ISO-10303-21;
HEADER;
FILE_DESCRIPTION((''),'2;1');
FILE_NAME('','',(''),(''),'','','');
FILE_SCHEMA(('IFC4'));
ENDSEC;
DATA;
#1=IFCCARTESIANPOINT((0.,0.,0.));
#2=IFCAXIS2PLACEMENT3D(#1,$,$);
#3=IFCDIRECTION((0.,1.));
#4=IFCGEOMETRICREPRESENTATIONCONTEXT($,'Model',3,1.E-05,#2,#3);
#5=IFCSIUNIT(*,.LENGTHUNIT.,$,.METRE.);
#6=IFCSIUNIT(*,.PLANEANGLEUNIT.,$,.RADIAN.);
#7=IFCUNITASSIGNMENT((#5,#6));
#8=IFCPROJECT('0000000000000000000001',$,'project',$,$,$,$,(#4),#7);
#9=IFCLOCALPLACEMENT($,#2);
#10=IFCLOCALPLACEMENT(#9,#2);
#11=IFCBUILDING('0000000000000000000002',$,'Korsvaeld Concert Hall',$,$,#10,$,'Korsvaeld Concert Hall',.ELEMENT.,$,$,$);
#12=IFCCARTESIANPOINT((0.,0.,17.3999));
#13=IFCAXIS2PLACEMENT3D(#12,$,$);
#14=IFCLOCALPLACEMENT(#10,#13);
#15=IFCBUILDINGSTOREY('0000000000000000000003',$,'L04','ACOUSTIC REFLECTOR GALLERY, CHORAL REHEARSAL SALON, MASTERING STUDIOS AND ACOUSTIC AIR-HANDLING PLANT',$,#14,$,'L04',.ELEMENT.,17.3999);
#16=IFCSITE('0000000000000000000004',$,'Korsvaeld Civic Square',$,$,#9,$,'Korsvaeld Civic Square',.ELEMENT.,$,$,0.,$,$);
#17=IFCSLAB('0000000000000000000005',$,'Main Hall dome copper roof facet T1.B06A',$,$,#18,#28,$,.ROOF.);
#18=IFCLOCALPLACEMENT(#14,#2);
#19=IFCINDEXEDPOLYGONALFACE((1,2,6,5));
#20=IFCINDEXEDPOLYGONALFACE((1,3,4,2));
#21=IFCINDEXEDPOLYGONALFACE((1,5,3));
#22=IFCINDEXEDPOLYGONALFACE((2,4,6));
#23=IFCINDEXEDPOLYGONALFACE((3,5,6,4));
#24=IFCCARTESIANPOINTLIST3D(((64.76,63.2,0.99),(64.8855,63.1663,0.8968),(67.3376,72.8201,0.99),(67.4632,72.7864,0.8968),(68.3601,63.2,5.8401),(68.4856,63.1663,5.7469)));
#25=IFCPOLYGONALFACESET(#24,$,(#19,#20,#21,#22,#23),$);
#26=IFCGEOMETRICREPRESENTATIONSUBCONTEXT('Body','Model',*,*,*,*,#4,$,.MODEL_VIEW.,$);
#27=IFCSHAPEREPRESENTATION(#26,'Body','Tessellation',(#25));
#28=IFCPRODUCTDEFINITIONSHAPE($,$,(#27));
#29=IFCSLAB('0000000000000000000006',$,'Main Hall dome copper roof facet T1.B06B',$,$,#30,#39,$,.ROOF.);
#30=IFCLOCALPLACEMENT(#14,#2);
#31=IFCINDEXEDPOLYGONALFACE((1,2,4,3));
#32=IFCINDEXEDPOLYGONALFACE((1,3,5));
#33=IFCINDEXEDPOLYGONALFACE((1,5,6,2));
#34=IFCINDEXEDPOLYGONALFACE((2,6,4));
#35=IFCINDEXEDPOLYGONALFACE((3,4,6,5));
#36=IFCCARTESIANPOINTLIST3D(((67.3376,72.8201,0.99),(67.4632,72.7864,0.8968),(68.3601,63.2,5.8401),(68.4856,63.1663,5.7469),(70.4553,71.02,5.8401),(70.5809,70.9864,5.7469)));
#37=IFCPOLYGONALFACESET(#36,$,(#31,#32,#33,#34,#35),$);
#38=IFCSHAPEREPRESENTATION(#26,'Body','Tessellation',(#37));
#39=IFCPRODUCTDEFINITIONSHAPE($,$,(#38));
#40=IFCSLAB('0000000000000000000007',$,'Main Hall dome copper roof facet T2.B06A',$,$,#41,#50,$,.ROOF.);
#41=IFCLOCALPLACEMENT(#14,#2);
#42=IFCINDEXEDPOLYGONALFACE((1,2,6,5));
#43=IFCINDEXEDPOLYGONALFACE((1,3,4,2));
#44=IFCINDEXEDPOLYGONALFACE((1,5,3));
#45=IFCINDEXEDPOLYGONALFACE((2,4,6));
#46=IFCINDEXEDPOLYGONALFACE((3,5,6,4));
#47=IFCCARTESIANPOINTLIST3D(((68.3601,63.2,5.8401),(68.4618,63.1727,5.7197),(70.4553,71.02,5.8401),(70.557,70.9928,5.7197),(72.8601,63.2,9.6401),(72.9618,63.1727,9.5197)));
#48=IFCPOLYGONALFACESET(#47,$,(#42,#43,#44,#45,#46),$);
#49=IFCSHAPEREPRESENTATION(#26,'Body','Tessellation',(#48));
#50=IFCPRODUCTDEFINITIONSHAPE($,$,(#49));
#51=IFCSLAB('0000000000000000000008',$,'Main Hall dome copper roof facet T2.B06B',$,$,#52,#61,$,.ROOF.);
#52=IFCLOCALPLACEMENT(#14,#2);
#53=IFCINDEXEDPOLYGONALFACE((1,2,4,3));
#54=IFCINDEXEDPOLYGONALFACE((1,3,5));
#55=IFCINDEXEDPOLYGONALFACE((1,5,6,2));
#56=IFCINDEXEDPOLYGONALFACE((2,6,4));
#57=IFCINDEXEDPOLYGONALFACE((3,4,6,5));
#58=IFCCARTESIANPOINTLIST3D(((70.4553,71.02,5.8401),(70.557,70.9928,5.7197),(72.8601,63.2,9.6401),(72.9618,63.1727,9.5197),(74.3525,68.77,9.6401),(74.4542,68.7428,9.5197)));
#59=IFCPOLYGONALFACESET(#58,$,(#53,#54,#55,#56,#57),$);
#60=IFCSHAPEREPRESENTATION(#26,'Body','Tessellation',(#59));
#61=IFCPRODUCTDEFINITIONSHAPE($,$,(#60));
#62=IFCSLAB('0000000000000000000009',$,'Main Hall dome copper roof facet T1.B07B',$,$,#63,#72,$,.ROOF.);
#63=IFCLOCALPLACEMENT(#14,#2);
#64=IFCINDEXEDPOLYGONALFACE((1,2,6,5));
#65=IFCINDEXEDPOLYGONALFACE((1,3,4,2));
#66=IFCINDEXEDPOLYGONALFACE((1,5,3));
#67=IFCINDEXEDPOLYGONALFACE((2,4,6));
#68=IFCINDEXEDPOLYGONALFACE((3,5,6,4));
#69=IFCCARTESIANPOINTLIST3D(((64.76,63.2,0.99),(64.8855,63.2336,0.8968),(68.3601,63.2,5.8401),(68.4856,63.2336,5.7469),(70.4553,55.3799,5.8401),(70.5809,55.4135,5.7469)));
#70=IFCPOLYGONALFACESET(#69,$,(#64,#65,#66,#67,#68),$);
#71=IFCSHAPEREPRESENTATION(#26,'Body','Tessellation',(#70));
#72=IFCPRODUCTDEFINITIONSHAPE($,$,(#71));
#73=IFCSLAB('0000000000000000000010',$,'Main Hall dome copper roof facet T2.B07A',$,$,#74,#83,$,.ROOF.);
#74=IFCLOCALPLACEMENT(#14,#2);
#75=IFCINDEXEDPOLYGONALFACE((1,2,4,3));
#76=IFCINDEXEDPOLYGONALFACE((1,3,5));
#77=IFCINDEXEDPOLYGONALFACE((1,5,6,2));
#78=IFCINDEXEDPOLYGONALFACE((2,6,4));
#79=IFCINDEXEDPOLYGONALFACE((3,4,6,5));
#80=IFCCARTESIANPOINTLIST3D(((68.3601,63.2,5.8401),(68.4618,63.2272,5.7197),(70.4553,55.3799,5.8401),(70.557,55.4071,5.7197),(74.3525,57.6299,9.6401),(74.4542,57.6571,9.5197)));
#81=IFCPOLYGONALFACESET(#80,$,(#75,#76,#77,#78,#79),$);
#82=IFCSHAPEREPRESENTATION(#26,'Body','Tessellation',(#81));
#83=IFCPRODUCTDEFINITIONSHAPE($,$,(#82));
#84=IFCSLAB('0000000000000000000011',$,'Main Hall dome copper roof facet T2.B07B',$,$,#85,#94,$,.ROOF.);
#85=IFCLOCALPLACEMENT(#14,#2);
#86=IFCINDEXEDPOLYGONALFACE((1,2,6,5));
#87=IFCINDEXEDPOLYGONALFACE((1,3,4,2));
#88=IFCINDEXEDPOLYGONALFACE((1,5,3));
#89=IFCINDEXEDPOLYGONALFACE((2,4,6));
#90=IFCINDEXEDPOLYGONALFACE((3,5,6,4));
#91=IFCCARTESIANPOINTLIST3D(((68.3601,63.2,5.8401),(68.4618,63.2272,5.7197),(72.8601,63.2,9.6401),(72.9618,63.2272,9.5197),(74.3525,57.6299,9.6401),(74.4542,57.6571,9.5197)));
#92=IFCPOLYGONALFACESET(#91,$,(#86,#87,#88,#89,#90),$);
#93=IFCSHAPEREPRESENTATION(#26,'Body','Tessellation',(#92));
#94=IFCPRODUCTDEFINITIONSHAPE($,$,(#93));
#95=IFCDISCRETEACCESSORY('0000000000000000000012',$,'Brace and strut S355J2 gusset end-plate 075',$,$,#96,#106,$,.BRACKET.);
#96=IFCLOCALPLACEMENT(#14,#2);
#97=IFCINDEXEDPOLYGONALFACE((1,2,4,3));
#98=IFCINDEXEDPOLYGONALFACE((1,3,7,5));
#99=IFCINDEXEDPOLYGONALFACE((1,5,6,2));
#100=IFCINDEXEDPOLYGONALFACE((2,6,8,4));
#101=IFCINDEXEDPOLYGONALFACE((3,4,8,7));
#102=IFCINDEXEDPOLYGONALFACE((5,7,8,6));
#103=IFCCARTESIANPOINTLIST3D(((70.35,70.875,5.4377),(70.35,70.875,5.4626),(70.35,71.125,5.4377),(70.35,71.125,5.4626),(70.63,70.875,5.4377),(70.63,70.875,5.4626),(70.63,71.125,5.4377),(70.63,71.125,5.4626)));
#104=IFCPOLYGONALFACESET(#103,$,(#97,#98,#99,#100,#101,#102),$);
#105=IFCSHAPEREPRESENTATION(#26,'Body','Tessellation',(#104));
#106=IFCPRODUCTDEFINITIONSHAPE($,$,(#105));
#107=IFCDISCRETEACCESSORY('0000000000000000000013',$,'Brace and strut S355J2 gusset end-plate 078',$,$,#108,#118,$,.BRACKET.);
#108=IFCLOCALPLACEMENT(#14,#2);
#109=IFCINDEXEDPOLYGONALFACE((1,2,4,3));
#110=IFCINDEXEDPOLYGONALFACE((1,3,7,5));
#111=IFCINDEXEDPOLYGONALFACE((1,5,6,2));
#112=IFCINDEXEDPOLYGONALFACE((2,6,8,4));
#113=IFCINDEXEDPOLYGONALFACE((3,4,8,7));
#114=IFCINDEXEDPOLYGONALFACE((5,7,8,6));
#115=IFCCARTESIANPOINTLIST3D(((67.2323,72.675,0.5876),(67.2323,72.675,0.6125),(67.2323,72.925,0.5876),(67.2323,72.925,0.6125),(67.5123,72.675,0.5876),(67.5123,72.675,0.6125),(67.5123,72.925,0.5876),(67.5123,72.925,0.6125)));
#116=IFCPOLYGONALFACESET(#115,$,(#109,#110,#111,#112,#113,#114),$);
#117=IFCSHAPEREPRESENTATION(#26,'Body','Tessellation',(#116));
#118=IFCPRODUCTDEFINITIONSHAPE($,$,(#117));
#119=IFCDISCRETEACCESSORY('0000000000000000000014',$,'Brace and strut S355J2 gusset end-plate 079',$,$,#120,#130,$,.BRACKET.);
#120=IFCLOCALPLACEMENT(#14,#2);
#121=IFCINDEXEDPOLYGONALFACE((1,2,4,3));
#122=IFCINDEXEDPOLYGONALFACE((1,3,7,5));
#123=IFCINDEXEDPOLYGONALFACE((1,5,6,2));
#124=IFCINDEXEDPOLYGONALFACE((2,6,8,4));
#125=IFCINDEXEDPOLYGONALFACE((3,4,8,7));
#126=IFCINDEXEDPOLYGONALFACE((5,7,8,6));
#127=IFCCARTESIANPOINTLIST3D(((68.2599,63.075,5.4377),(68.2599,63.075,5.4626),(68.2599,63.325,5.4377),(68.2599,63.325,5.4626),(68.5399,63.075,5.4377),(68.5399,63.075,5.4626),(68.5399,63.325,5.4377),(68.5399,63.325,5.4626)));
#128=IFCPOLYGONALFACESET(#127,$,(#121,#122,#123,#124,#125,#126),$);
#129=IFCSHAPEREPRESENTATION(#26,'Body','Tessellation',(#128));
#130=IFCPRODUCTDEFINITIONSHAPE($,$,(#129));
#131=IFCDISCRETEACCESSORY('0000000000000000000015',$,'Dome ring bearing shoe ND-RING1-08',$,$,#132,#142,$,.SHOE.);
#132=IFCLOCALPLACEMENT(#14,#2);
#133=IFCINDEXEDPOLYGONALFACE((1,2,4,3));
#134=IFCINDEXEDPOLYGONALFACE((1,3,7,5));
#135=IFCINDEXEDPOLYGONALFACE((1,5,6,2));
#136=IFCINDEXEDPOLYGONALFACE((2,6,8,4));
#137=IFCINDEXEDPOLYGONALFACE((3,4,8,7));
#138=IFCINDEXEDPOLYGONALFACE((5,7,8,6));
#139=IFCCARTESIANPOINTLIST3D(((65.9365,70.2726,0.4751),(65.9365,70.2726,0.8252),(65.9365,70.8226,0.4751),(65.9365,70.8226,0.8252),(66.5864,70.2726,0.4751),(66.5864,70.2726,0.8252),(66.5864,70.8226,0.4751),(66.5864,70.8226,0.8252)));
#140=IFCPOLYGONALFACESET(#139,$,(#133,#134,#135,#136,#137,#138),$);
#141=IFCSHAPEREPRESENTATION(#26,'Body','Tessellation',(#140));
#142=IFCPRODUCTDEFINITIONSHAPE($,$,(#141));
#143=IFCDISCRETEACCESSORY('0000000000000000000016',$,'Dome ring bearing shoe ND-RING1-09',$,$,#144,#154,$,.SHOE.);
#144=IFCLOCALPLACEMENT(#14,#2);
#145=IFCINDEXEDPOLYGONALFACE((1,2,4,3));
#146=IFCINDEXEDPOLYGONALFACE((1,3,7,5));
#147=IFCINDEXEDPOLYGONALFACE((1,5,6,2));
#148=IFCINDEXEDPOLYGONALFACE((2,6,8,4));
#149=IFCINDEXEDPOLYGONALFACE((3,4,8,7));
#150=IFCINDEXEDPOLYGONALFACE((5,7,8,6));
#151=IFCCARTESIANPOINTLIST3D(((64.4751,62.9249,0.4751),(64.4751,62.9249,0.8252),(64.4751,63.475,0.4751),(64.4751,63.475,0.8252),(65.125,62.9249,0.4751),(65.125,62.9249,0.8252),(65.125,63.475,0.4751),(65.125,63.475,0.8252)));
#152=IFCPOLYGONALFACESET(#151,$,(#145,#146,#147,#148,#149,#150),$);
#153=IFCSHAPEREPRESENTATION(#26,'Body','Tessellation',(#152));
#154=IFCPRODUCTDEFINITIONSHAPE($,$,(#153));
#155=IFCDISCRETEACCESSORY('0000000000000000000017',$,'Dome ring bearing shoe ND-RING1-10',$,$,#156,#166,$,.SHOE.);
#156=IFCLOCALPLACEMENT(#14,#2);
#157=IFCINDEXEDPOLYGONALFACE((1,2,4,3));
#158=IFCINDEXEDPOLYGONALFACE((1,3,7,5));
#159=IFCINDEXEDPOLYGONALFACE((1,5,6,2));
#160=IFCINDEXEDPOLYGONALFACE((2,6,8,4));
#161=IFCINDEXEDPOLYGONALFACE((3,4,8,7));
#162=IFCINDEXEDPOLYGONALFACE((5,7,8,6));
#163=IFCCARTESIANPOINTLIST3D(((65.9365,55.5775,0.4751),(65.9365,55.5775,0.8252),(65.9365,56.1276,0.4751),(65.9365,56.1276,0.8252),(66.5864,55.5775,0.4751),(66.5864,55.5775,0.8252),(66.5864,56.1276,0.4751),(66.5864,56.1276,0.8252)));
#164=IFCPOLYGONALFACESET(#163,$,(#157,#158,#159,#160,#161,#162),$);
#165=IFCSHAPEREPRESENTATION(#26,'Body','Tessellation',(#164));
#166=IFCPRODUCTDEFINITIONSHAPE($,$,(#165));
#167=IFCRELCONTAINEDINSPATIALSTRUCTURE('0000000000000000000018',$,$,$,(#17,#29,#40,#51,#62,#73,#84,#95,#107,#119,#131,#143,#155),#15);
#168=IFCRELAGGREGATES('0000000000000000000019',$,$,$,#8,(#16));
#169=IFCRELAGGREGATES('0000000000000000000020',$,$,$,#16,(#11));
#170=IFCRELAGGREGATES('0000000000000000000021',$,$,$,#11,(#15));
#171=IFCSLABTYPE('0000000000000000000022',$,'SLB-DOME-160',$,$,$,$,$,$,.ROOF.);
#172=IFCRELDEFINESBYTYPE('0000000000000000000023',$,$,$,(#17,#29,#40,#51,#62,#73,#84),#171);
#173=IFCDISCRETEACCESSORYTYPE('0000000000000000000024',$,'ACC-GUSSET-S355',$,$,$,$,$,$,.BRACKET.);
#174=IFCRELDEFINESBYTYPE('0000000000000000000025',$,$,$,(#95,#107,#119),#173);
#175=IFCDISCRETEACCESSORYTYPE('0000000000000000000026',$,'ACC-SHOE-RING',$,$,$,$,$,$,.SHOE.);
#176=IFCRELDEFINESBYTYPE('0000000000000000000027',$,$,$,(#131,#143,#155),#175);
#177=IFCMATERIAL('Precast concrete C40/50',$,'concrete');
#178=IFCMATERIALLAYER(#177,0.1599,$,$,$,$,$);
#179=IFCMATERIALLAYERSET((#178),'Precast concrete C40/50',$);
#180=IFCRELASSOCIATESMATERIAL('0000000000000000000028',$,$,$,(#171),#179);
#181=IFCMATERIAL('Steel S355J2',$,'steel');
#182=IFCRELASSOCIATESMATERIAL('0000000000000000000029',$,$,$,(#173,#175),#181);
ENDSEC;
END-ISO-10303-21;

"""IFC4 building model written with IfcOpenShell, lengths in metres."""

from ifc_helpers import new_model, si_unit, direction, frame, origin, origin_2d, place, context, subcontext, project, spatial, polyline, rectangle, outline, extrude, material, layer, layer_set, type_object, element, save


model = new_model("IFC4")

# Units and contexts
model_context = context("Model", 3, precision=1e-05, world=origin(), true_north=direction((0.0, 1.0)))
body_context = subcontext(model_context, "Body", "Model", "MODEL_VIEW")
ifc_project = project(units=[si_unit("LENGTHUNIT", "METRE"), si_unit("PLANEANGLEUNIT", "RADIAN")], contexts=[model_context])

# Site, building, storey
site_placement = place(None, origin())
site = spatial("IfcSite", under=ifc_project, at=site_placement, Name="Korsvaeld Civic Square", LongName="Korsvaeld Civic Square", CompositionType="ELEMENT", RefElevation=0.0)
building_placement = place(site_placement, origin())
building = spatial("IfcBuilding", under=site, at=building_placement, Name="Korsvaeld Concert Hall", LongName="Korsvaeld Concert Hall", CompositionType="ELEMENT")
storey_placement = place(building_placement, frame((0.0, 0.0, 17.3999)))
storey = spatial("IfcBuildingStorey", under=building, at=storey_placement, Name="L04", Description="ACOUSTIC REFLECTOR GALLERY, CHORAL REHEARSAL SALON, MASTERING STUDIOS AND ACOUSTIC AIR-HANDLING PLANT", LongName="L04", CompositionType="ELEMENT", Elevation=17.3999)

# Shared definitions
ifc_material_1 = material(Name="Steel S355J2", Category="steel")

# Slabs
ifc_material_2 = material(Name="Precast concrete C40/50", Category="concrete")
ifc_layer = layer(ifc_material_2, 0.1599)
ifc_layer_set = layer_set([ifc_layer], Name="Precast concrete C40/50")
slab_type = type_object("IfcSlabType", Name="SLB-DOME-160", PredefinedType="ROOF", material=ifc_layer_set)
slab_1_placement = place(storey_placement, frame((67.3376, 72.8201, 0.99), z_axis=(-0.785005, 0.210336, 0.582688), x_axis=(-0.258813, -0.965927, 0.0)))
element("IfcSlab", 1, at=slab_1_placement, inside=storey, type_object=slab_type, Name="Main Hall dome copper roof facet T1.B06A", PredefinedType="ROOF", context=body_context, shape_type="SweptSolid", body=[
    extrude(outline(polyline([(0.0, 0.0), (9.9595, 0.0), (9.0277, 5.9679), (0.0, 0.0)])), origin(), (0.0, 0.0, -1.0), 0.1599),
])
slab_2_placement = place(storey_placement, frame((67.3376, 72.8201, 0.99), z_axis=(-0.785017, 0.210328, 0.582675), x_axis=(0.09448, -0.888941, 0.44817)))
element("IfcSlab", 2, at=slab_2_placement, inside=storey, type_object=slab_type, Name="Main Hall dome copper roof facet T1.B06B", PredefinedType="ROOF", context=body_context, shape_type="SweptSolid", body=[
    extrude(outline(polyline([(0.0, 0.0), (10.822, 0.0), (4.0684, 4.4645), (0.0, 0.0)])), origin(), (0.0, 0.0, -1.0), 0.1599),
])
slab_3_placement = place(storey_placement, frame((70.4553, 71.02, 5.8401), z_axis=(-0.635757, 0.170337, 0.75286), x_axis=(-0.2588, -0.965931, 0.0)))
element("IfcSlab", 3, at=slab_3_placement, inside=storey, type_object=slab_type, Name="Main Hall dome copper roof facet T2.B06A", PredefinedType="ROOF", context=body_context, shape_type="SweptSolid", body=[
    extrude(outline(polyline([(0.0, 0.0), (8.0959, 0.0), (6.9313, 5.7736), (0.0, 0.0)])), origin(), (0.0, 0.0, -1.0), 0.1599),
])
slab_4_placement = place(storey_placement, frame((70.4553, 71.02, 5.8401), z_axis=(-0.63575, 0.170341, 0.752865), x_axis=(0.266579, -0.866882, 0.421249)))
element("IfcSlab", 4, at=slab_4_placement, inside=storey, type_object=slab_type, Name="Main Hall dome copper roof facet T2.B06B", PredefinedType="ROOF", context=body_context, shape_type="SweptSolid", body=[
    extrude(outline(polyline([(0.0, 0.0), (9.0209, 0.0), (4.5902, 3.6907), (0.0, 0.0)])), origin(), (0.0, 0.0, -1.0), 0.1599),
])
slab_5_placement = place(storey_placement, frame((64.76, 63.2, 0.99), z_axis=(-0.785007, -0.210325, 0.58269), x_axis=(0.526277, -0.722615, 0.448174)))
element("IfcSlab", 5, at=slab_5_placement, inside=storey, type_object=slab_type, Name="Main Hall dome copper roof facet T1.B07B", PredefinedType="ROOF", context=body_context, shape_type="SweptSolid", body=[
    extrude(outline(polyline([(0.0, 0.0), (10.8219, 0.0), (4.0683, 4.4646), (0.0, 0.0)])), origin(), (0.0, 0.0, -1.0), 0.1599),
])
slab_6_placement = place(storey_placement, frame((68.3601, 63.2, 5.8401), z_axis=(-0.635752, -0.170336, 0.752864), x_axis=(0.2588, -0.965931, 0.0)))
element("IfcSlab", 6, at=slab_6_placement, inside=storey, type_object=slab_type, Name="Main Hall dome copper roof facet T2.B07A", PredefinedType="ROOF", context=body_context, shape_type="SweptSolid", body=[
    extrude(outline(polyline([(0.0, 0.0), (8.0959, 0.0), (6.9311, 5.7736), (0.0, 0.0)])), origin(), (0.0, 0.0, -1.0), 0.1599),
])
slab_7_placement = place(storey_placement, frame((68.3601, 63.2, 5.8401), z_axis=(-0.635756, -0.170343, 0.752859), x_axis=(0.664289, -0.617468, 0.421253)))
element("IfcSlab", 7, at=slab_7_placement, inside=storey, type_object=slab_type, Name="Main Hall dome copper roof facet T2.B07B", PredefinedType="ROOF", context=body_context, shape_type="SweptSolid", body=[
    extrude(outline(polyline([(0.0, 0.0), (9.0208, 0.0), (4.5901, 3.6907), (0.0, 0.0)])), origin(), (0.0, 0.0, -1.0), 0.1599),
])

# Discrete accessories
discrete_accessory_type_1 = type_object("IfcDiscreteAccessoryType", Name="ACC-GUSSET-S355", PredefinedType="BRACKET", material=ifc_material_1)
for number, where, z_axis, x_axis, name in (
    (8, (70.49, 71.0, 5.4377), (0.0, 0.0, 1.0), (1.0, 0.0, 0.0), "Brace and strut S355J2 gusset end-plate 075"),
    (9, (67.3723, 72.8, 0.5876), (0.0, 0.0, 1.0), (1.0, 0.0, 0.0), "Brace and strut S355J2 gusset end-plate 078"),
    (10, (68.3999, 63.2, 5.4377), (0.0, 0.0, 1.0), (1.0, 0.0, 0.0), "Brace and strut S355J2 gusset end-plate 079"),
):
    element("IfcDiscreteAccessory", number, at=place(storey_placement, frame(where, z_axis=z_axis, x_axis=x_axis)), inside=storey, type_object=discrete_accessory_type_1, Name=name, PredefinedType="BRACKET", context=body_context, shape_type="SweptSolid", body=[
        extrude(rectangle(XDim=0.28, YDim=0.25, at=origin_2d()), origin(), (0.0, 0.0, 1.0), 0.0249),
    ])
discrete_accessory_type_2 = type_object("IfcDiscreteAccessoryType", Name="ACC-SHOE-RING", PredefinedType="SHOE", material=ifc_material_1)
for number, where, z_axis, x_axis, name in (
    (11, (66.2615, 70.5476, 0.4751), (0.0, 0.0, 1.0), (1.0, 0.0, 0.0), "Dome ring bearing shoe ND-RING1-08"),
    (12, (64.8, 63.2, 0.4751), (0.0, 0.0, 1.0), (1.0, 0.0, 0.0), "Dome ring bearing shoe ND-RING1-09"),
    (13, (66.2615, 55.8525, 0.4751), (0.0, 0.0, 1.0), (1.0, 0.0, 0.0), "Dome ring bearing shoe ND-RING1-10"),
):
    element("IfcDiscreteAccessory", number, at=place(storey_placement, frame(where, z_axis=z_axis, x_axis=x_axis)), inside=storey, type_object=discrete_accessory_type_2, Name=name, PredefinedType="SHOE", context=body_context, shape_type="SweptSolid", body=[
        extrude(rectangle(XDim=0.6499, YDim=0.55, at=origin_2d()), origin(), (0.0, 0.0, 1.0), 0.3501),
    ])

save(model, "model.ifc")
